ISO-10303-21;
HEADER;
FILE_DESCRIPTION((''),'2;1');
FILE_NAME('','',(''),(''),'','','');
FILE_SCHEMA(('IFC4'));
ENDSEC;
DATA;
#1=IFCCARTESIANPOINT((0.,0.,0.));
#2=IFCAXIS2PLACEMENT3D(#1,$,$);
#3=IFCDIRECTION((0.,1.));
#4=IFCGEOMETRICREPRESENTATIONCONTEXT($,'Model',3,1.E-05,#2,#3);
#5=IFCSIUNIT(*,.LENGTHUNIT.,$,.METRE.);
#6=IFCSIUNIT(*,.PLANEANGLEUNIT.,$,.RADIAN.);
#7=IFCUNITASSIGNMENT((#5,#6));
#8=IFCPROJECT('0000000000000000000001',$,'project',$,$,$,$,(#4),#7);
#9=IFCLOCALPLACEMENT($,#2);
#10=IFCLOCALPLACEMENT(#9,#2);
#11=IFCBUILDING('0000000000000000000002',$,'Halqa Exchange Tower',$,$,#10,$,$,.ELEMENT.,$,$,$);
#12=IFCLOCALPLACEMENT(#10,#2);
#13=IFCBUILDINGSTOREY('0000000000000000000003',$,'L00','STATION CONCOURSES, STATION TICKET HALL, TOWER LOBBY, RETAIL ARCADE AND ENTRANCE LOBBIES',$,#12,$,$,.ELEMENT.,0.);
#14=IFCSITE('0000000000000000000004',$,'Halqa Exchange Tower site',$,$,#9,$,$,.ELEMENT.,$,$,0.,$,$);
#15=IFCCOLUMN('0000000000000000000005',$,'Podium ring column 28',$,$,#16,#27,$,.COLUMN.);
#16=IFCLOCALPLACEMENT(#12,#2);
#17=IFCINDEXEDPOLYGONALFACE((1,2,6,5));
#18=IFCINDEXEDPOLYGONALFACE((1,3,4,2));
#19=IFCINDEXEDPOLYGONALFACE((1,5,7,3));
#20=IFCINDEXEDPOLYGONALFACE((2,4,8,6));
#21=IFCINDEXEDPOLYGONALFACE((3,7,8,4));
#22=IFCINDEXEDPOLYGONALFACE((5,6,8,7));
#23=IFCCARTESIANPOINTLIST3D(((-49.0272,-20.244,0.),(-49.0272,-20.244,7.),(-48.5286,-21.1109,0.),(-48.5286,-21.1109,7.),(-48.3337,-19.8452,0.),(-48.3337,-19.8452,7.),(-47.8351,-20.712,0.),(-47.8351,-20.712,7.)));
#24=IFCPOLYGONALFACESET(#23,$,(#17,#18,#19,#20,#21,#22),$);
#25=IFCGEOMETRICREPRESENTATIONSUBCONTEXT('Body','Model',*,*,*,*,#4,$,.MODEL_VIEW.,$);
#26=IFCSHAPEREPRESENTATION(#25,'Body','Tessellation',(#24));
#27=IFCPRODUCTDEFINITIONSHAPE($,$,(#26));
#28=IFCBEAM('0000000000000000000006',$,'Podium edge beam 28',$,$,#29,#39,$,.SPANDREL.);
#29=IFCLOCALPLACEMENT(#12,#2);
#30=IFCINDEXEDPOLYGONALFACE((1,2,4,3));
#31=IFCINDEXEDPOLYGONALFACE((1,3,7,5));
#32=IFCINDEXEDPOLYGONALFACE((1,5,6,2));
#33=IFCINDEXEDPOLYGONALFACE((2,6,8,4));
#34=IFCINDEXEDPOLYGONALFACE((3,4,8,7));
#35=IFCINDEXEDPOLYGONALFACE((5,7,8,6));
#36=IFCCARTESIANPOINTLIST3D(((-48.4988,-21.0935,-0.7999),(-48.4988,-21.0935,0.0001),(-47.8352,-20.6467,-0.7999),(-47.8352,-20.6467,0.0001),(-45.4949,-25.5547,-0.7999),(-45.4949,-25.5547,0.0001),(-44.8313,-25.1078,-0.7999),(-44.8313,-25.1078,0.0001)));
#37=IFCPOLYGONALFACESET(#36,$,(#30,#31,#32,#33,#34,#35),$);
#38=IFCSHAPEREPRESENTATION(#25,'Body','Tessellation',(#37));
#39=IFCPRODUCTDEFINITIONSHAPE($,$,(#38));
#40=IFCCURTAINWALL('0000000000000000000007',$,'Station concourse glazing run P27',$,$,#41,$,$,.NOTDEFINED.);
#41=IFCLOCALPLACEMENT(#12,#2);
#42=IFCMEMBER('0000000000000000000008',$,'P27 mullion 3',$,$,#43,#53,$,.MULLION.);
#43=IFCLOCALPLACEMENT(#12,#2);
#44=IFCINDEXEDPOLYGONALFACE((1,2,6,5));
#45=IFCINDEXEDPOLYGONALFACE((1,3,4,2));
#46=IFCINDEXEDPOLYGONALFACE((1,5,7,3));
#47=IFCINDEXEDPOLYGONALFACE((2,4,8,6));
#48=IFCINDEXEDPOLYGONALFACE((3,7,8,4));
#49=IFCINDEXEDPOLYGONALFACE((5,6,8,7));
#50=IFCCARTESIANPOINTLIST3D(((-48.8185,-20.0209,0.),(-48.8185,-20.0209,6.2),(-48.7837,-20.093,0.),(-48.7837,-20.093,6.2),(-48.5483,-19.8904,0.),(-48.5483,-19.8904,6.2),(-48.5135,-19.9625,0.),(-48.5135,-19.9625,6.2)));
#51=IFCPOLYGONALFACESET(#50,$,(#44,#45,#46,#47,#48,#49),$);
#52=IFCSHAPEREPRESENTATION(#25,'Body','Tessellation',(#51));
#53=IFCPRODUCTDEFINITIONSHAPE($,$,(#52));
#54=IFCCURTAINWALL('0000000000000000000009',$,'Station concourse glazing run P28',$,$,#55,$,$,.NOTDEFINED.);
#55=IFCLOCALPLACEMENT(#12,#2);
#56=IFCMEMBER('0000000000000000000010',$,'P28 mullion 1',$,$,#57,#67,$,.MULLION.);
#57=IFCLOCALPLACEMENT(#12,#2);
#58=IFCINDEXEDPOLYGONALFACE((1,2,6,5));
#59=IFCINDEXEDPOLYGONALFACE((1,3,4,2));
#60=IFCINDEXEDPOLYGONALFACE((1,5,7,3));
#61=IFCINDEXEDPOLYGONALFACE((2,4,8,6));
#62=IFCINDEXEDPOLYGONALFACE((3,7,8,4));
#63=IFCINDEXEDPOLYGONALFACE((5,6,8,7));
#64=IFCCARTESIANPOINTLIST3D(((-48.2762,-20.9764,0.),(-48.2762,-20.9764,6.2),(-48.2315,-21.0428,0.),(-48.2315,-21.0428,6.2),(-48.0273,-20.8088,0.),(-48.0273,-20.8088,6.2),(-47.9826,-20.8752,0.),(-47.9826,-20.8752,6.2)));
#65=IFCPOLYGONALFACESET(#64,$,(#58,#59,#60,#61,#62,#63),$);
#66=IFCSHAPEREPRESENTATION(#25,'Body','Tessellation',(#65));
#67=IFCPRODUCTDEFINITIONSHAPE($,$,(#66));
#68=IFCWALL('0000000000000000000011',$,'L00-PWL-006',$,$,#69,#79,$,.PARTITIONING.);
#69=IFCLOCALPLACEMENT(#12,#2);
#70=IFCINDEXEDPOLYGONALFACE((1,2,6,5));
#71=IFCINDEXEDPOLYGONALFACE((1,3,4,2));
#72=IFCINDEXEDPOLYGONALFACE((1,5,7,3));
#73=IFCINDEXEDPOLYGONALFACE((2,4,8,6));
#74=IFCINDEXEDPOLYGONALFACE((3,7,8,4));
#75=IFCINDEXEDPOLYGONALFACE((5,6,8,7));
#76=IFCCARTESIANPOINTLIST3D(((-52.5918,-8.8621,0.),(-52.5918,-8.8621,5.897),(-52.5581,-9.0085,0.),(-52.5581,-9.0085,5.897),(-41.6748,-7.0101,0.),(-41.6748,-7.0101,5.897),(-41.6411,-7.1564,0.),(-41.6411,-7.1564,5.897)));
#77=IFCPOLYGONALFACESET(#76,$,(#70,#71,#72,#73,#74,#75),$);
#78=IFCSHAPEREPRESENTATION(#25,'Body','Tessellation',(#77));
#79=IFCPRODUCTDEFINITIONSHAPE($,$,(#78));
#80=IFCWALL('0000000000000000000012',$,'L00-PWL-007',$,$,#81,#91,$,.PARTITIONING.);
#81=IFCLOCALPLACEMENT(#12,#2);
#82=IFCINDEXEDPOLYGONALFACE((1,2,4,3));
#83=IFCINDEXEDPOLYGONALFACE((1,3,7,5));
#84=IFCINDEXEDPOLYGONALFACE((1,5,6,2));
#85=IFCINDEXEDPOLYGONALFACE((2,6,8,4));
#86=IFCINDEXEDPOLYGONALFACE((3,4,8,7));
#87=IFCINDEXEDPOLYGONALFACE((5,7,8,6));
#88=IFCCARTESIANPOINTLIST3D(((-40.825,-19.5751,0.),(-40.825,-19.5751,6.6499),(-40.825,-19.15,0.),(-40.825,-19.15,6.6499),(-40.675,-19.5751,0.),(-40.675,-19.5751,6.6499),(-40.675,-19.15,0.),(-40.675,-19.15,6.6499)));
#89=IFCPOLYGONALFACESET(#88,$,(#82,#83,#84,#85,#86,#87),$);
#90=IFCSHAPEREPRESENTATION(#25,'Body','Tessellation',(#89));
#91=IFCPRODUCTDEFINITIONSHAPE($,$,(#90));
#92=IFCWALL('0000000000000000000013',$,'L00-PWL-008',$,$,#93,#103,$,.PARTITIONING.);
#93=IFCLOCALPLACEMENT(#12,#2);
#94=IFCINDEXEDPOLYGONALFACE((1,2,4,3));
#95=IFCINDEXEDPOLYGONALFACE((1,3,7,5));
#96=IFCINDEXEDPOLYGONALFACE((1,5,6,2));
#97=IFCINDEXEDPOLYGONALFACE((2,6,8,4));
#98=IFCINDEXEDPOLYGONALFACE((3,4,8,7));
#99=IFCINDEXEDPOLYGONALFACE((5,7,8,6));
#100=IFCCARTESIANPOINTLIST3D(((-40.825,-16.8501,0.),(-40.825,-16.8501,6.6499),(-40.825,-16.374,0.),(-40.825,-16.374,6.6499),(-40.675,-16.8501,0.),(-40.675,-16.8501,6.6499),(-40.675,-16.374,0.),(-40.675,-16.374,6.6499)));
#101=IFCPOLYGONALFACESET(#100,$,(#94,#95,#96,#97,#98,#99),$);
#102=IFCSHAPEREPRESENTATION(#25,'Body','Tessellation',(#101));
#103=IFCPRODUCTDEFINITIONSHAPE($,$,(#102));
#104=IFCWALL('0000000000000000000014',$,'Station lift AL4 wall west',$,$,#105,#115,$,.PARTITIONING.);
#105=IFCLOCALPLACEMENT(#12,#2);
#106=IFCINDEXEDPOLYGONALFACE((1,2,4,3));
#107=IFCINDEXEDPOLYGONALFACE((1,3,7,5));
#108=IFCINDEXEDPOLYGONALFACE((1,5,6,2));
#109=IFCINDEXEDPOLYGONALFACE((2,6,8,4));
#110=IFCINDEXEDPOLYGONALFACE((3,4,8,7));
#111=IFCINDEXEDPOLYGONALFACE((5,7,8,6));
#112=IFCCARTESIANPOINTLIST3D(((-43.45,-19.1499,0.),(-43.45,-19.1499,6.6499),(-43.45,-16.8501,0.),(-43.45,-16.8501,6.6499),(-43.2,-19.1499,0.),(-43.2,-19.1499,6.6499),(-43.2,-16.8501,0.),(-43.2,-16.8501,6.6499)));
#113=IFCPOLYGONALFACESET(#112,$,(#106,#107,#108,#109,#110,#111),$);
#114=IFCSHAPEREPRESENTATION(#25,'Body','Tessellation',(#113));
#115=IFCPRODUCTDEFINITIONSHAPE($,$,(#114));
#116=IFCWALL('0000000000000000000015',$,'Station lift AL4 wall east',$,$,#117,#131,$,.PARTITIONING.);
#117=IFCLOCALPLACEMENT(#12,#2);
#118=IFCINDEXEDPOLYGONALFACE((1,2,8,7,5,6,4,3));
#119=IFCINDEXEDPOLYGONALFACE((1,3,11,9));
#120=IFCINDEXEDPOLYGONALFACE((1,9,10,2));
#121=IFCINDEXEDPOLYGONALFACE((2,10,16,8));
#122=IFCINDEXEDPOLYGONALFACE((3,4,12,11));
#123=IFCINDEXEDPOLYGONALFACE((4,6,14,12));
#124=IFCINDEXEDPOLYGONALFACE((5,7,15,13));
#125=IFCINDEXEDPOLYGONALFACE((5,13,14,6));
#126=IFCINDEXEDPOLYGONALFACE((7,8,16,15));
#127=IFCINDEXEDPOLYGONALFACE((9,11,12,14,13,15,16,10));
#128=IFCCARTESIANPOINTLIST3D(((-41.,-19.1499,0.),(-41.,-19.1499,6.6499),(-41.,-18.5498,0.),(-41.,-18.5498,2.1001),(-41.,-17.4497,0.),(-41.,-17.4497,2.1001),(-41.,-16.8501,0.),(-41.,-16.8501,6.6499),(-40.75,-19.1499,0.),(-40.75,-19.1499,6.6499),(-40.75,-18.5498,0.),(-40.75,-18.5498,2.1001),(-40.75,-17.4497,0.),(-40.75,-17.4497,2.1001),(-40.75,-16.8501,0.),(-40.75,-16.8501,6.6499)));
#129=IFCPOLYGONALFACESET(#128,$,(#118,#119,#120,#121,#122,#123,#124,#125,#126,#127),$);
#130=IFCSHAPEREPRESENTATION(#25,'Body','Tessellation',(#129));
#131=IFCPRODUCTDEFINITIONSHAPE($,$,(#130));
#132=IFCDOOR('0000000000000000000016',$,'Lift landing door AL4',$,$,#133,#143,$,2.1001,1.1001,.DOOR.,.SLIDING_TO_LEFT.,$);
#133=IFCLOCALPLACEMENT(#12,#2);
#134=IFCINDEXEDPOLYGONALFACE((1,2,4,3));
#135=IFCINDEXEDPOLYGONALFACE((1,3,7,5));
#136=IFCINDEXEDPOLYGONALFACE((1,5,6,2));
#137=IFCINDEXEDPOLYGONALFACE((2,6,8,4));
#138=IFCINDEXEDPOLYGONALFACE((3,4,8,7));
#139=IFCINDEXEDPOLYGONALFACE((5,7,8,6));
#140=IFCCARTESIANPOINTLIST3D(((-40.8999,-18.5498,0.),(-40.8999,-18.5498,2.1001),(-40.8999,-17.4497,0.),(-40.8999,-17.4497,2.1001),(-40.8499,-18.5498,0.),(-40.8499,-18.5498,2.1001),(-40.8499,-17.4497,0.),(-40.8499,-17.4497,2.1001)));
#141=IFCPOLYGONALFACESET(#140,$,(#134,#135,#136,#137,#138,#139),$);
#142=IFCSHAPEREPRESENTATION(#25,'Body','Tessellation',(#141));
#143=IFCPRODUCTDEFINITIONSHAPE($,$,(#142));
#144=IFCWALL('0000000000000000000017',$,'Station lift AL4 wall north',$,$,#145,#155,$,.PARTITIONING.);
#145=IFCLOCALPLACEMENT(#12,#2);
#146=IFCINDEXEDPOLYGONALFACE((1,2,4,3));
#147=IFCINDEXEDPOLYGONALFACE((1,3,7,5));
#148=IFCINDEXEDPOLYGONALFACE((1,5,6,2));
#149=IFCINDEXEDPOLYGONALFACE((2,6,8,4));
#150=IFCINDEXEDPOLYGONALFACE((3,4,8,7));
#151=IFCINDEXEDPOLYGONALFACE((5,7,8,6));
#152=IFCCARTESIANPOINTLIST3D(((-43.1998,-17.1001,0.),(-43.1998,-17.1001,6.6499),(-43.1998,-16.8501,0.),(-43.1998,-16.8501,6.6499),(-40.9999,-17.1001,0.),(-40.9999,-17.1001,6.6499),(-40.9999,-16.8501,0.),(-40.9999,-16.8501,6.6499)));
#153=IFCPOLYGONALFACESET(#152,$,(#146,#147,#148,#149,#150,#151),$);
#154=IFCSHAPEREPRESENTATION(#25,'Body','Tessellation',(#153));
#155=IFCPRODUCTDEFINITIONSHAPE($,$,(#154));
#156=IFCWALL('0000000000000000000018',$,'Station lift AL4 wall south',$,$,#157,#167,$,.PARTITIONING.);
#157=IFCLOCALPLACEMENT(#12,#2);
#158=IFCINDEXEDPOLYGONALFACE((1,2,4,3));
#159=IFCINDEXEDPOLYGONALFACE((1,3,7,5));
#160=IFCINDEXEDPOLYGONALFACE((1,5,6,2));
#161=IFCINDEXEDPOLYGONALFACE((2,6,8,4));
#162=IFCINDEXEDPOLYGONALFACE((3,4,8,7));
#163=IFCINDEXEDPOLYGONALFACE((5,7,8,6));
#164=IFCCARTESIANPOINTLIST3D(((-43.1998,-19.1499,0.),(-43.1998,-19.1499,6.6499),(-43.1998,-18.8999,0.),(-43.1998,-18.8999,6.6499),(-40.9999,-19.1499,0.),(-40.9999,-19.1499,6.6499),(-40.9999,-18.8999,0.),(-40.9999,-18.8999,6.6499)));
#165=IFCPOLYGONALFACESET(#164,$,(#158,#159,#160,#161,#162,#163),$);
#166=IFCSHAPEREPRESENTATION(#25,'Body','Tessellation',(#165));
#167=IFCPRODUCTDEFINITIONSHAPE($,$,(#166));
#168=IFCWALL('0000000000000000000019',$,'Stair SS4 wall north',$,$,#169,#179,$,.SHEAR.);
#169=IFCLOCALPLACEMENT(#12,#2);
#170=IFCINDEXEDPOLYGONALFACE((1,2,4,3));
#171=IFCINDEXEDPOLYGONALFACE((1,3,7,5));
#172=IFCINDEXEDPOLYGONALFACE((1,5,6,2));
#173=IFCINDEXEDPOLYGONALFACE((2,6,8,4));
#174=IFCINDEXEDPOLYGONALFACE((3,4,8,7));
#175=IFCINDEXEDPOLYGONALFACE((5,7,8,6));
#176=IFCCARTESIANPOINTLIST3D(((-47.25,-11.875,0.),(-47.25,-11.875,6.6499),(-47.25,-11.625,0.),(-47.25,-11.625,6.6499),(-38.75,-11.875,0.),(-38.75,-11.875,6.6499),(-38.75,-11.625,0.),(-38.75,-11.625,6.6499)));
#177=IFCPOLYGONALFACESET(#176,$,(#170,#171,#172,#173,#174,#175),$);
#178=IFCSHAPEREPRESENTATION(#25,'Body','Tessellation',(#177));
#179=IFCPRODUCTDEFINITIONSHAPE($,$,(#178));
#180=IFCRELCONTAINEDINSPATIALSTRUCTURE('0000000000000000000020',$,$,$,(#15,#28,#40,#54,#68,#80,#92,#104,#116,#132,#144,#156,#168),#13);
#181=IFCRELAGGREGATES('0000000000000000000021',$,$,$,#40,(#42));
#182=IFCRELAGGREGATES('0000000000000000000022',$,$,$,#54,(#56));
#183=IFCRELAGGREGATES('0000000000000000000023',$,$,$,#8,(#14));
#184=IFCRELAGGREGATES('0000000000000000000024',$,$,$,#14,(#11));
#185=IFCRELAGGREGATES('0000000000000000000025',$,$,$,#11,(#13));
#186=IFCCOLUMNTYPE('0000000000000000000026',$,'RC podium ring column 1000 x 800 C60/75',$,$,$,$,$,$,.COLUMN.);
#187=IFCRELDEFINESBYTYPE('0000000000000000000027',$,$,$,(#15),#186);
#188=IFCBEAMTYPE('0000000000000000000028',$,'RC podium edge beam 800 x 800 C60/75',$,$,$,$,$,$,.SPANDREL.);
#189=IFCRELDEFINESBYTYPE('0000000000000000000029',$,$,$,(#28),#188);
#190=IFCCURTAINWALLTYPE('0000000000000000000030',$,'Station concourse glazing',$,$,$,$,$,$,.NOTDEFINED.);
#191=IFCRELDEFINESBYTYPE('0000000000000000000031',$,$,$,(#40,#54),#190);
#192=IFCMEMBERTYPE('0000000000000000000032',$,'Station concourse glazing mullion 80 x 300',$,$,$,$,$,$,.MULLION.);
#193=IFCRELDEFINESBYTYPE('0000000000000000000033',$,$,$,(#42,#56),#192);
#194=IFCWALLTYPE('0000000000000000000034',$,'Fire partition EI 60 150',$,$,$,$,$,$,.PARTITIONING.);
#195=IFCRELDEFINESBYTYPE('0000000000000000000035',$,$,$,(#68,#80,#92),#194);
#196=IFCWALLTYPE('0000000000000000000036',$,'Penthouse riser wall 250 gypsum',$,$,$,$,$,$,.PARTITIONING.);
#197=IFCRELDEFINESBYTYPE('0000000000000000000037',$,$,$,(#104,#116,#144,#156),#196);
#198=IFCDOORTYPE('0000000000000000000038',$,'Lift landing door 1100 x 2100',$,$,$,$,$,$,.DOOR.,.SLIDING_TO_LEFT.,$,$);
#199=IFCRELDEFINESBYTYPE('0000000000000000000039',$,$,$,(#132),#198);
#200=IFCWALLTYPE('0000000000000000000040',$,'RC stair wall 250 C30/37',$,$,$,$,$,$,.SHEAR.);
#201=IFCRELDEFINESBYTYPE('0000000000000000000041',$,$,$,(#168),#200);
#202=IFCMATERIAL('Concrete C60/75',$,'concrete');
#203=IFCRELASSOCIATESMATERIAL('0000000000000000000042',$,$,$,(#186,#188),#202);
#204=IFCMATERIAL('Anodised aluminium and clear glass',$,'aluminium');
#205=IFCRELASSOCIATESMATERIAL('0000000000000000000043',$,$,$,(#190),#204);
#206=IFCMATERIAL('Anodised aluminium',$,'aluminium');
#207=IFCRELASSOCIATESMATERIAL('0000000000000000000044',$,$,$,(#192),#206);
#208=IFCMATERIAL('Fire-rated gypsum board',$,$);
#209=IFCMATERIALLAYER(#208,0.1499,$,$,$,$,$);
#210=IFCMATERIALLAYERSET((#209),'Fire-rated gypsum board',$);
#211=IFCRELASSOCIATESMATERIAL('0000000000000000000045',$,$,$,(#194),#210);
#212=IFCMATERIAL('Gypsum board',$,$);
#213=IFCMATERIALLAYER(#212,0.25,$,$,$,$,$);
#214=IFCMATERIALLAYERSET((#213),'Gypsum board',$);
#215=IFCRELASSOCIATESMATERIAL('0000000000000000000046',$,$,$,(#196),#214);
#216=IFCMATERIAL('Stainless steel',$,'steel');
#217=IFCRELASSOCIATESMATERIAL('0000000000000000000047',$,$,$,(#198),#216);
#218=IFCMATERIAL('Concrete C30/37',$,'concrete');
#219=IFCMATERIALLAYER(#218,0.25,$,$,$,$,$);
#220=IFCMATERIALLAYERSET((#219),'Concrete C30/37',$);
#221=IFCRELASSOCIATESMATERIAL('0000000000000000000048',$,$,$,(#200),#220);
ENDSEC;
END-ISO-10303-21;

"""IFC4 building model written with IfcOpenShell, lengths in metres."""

from ifc_helpers import new_model, si_unit, direction, frame, frame_2d, origin, origin_2d, place, context, subcontext, project, spatial, polyline, rectangle, outline, extrude, material, layer, layer_set, material_profile, profile_set, type_object, element, fill, aggregate, save


model = new_model("IFC4")

# Units and contexts
model_context = context("Model", 3, precision=1e-05, world=origin(), true_north=direction((0.0, 1.0)))
body_context = subcontext(model_context, "Body", "Model", "MODEL_VIEW")
ifc_project = project(units=[si_unit("LENGTHUNIT", "METRE"), si_unit("PLANEANGLEUNIT", "RADIAN")], contexts=[model_context])

# Site, building, storey
site_placement = place(None, origin())
site = spatial("IfcSite", under=ifc_project, at=site_placement, Name="Halqa Exchange Tower site", CompositionType="ELEMENT", RefElevation=0.0)
building_placement = place(site_placement, origin())
building = spatial("IfcBuilding", under=site, at=building_placement, Name="Halqa Exchange Tower", CompositionType="ELEMENT")
storey_placement = place(building_placement, origin())
storey = spatial("IfcBuildingStorey", under=building, at=storey_placement, Name="L00", Description="STATION CONCOURSES, STATION TICKET HALL, TOWER LOBBY, RETAIL ARCADE AND ENTRANCE LOBBIES", CompositionType="ELEMENT", Elevation=0.0)

# Column
ifc_material_1 = material(Name="Concrete C60/75", Category="concrete")
ifc_material_profile_1 = material_profile(ifc_material_1, rectangle(XDim=1.0, YDim=0.8, at=origin_2d()), Name="1000 x 800")
ifc_profile_set_1 = profile_set([ifc_material_profile_1], Name="Concrete C60/75")
column_type = type_object("IfcColumnType", Name="RC podium ring column 1000 x 800 C60/75", PredefinedType="COLUMN", material=ifc_profile_set_1)
column_placement = place(storey_placement, frame((-48.4312, -20.478, 0.0), z_axis=(0.0, 0.0, 1.0), x_axis=(0.498569, -0.86685, 0.0)))
element("IfcColumn", 1, at=column_placement, inside=storey, type_object=column_type, Name="Podium ring column 28", PredefinedType="COLUMN", context=body_context, shape_type="SweptSolid", body=[
    extrude(rectangle(XDim=1.0, YDim=0.8, at=origin_2d()), origin(), (0.0, 0.0, 1.0), 7.0),
])

# Beam
ifc_material_profile_2 = material_profile(ifc_material_1, rectangle(XDim=0.8, YDim=0.8, at=origin_2d()), Name="800 x 800")
ifc_profile_set_2 = profile_set([ifc_material_profile_2], Name="Concrete C60/75")
beam_type = type_object("IfcBeamType", Name="RC podium edge beam 800 x 800 C60/75", PredefinedType="SPANDREL", material=ifc_profile_set_2)
beam_placement = place(storey_placement, frame((-48.167, -20.8701, -0.3999), z_axis=(0.558528, -0.829485, 0.0), x_axis=(0.829485, 0.558528, 0.0)))
element("IfcBeam", 2, at=beam_placement, inside=storey, type_object=beam_type, Name="Podium edge beam 28", PredefinedType="SPANDREL", context=body_context, shape_type="SweptSolid", body=[
    extrude(rectangle(XDim=0.8, YDim=0.8, at=origin_2d()), origin(), (0.0, 0.0, 1.0), 5.3782),
])

# Curtain walls, members
ifc_material_2 = material(Name="Anodised aluminium and clear glass", Category="aluminium")
curtain_wall_type = type_object("IfcCurtainWallType", Name="Station concourse glazing", PredefinedType="NOTDEFINED", material=ifc_material_2)
curtain_wall_1_placement = place(storey_placement, origin())
curtain_wall_1 = element("IfcCurtainWall", 3, at=curtain_wall_1_placement, inside=storey, type_object=curtain_wall_type, Name="Station concourse glazing run P27", PredefinedType="NOTDEFINED")
ifc_material_3 = material(Name="Anodised aluminium", Category="aluminium")
ifc_material_profile_3 = material_profile(ifc_material_3, rectangle(XDim=0.3, YDim=0.0801, at=origin_2d()), Name="AL 80x300")
ifc_profile_set_3 = profile_set([ifc_material_profile_3], Name="Anodised aluminium")
member_type = type_object("IfcMemberType", Name="Station concourse glazing mullion 80 x 300", PredefinedType="MULLION", material=ifc_profile_set_3)
member_1_placement = place(storey_placement, frame((-48.666, -19.9917, 0.0), z_axis=(0.0, 0.0, 1.0), x_axis=(0.900435, 0.43499, 0.0)))
member_1 = element("IfcMember", 4, at=member_1_placement, type_object=member_type, Name="P27 mullion 3", PredefinedType="MULLION", context=body_context, shape_type="SweptSolid", body=[
    extrude(rectangle(XDim=0.3, YDim=0.0801, at=origin_2d()), origin(), (0.0, 0.0, 1.0), 6.2),
])
aggregate(curtain_wall_1, [member_1])
curtain_wall_2_placement = place(storey_placement, origin())
curtain_wall_2 = element("IfcCurtainWall", 5, at=curtain_wall_2_placement, inside=storey, type_object=curtain_wall_type, Name="Station concourse glazing run P28", PredefinedType="NOTDEFINED")
member_2_placement = place(storey_placement, frame((-48.1294, -20.9258, 0.0), z_axis=(0.0, 0.0, 1.0), x_axis=(0.82949, 0.558522, 0.0)))
member_2 = element("IfcMember", 6, at=member_2_placement, type_object=member_type, Name="P28 mullion 1", PredefinedType="MULLION", context=body_context, shape_type="SweptSolid", body=[
    extrude(rectangle(XDim=0.3, YDim=0.0801, at=origin_2d()), origin(), (0.0, 0.0, 1.0), 6.2),
])
aggregate(curtain_wall_2, [member_2])

# Walls
ifc_material_4 = material(Name="Fire-rated gypsum board")
ifc_layer_1 = layer(ifc_material_4, 0.1499)
ifc_layer_set_1 = layer_set([ifc_layer_1], Name="Fire-rated gypsum board")
wall_type_1 = type_object("IfcWallType", Name="Fire partition EI 60 150", PredefinedType="PARTITIONING", material=ifc_layer_set_1)
wall_1_placement = place(storey_placement, frame((-41.658, -7.0833, 0.0), z_axis=(0.0, 0.0, 1.0), x_axis=(-0.985913, -0.167259, 0.0)))
element("IfcWall", 7, at=wall_1_placement, inside=storey, type_object=wall_type_1, Name="L00-PWL-006", PredefinedType="PARTITIONING", context=body_context, shape_type="SweptSolid", body=[
    extrude(outline(polyline([(0.0044, -0.075), (11.0774, -0.075), (11.0686, 0.075), (-0.0044, 0.075), (0.0044, -0.075)])), origin(), (0.0, 0.0, 1.0), 5.897),
])
wall_2_placement = place(storey_placement, frame((-40.75, -19.575, 0.0), z_axis=(0.0, 0.0, 1.0), x_axis=(0.0, 1.0, 0.0)))
element("IfcWall", 8, at=wall_2_placement, inside=storey, type_object=wall_type_1, Name="L00-PWL-007", PredefinedType="PARTITIONING", context=body_context, shape_type="SweptSolid", body=[
    extrude(rectangle(XDim=0.425, YDim=0.1499, at=frame_2d((0.2124, 0.0))), origin(), (0.0, 0.0, 1.0), 6.6499),
])
wall_3_placement = place(storey_placement, frame((-40.75, -16.8501, 0.0), z_axis=(0.0, 0.0, 1.0), x_axis=(0.0, 1.0, 0.0)))
element("IfcWall", 9, at=wall_3_placement, inside=storey, type_object=wall_type_1, Name="L00-PWL-008", PredefinedType="PARTITIONING", context=body_context, shape_type="SweptSolid", body=[
    extrude(rectangle(XDim=0.4761, YDim=0.1499, at=frame_2d((0.238, 0.0))), origin(), (0.0, 0.0, 1.0), 6.6499),
])
ifc_material_5 = material(Name="Gypsum board")
ifc_layer_2 = layer(ifc_material_5, 0.25)
ifc_layer_set_2 = layer_set([ifc_layer_2], Name="Gypsum board")
wall_type_2 = type_object("IfcWallType", Name="Penthouse riser wall 250 gypsum", PredefinedType="PARTITIONING", material=ifc_layer_set_2)
wall_4_placement = place(storey_placement, frame((-43.325, -19.1499, 0.0), z_axis=(0.0, 0.0, 1.0), x_axis=(0.0, 1.0, 0.0)))
element("IfcWall", 10, at=wall_4_placement, inside=storey, type_object=wall_type_2, Name="Station lift AL4 wall west", PredefinedType="PARTITIONING", context=body_context, shape_type="SweptSolid", body=[
    extrude(rectangle(XDim=2.2998, YDim=0.25, at=frame_2d((1.1499, 0.0))), origin(), (0.0, 0.0, 1.0), 6.6499),
])

# Wall, opening, door
wall_5_placement = place(storey_placement, frame((-40.875, -19.1499, 0.0), z_axis=(0.0, 0.0, 1.0), x_axis=(0.0, 1.0, 0.0)))
wall_5 = element("IfcWall", 11, at=wall_5_placement, inside=storey, type_object=wall_type_2, Name="Station lift AL4 wall east", PredefinedType="PARTITIONING", context=body_context, shape_type="SweptSolid", body=[
    extrude(rectangle(XDim=2.2998, YDim=0.25, at=frame_2d((1.1499, 0.0))), origin(), (0.0, 0.0, 1.0), 6.6499),
])
opening_placement = place(wall_5_placement, frame((0.6001, 0.0, 0.0)))
opening = element("IfcOpeningElement", 12, at=opening_placement, cuts=wall_5, PredefinedType="OPENING", context=body_context, shape_type="SweptSolid", body=[
    extrude(rectangle(XDim=1.1001, YDim=2.1001, at=frame_2d((0.55, 1.05))), frame((0.0, 0.137, 0.0), z_axis=(0.0, -1.0, 0.0), x_axis=(1.0, 0.0, 0.0)), (0.0, 0.0, 1.0), 0.2739),
])
ifc_material_6 = material(Name="Stainless steel", Category="steel")
door_type = type_object("IfcDoorType", Name="Lift landing door 1100 x 2100", OperationType="SLIDING_TO_LEFT", PredefinedType="DOOR", material=ifc_material_6)
door_placement = place(opening_placement, origin())
door = element("IfcDoor", 13, at=door_placement, inside=storey, type_object=door_type, Name="Lift landing door AL4", OperationType="SLIDING_TO_LEFT", OverallHeight=2.1001, OverallWidth=1.1001, PredefinedType="DOOR", context=body_context, shape_type="SweptSolid", body=[
    extrude(rectangle(XDim=1.1001, YDim=2.1001, at=frame_2d((0.55, 1.05))), frame((0.0, 0.0249, 0.0), z_axis=(0.0, -1.0, 0.0), x_axis=(1.0, 0.0, 0.0)), (0.0, 0.0, 1.0), 0.05),
])
fill(opening, door)

# Walls
for number, where, z_axis, x_axis, name in (
    (14, (-43.2, -16.9751, 0.0), (0.0, 0.0, 1.0), (1.0, 0.0, 0.0), "Station lift AL4 wall north"),
    (15, (-43.2, -19.0249, 0.0), (0.0, 0.0, 1.0), (1.0, 0.0, 0.0), "Station lift AL4 wall south"),
):
    element("IfcWall", number, at=place(storey_placement, frame(where, z_axis=z_axis, x_axis=x_axis)), inside=storey, type_object=wall_type_2, Name=name, PredefinedType="PARTITIONING", context=body_context, shape_type="SweptSolid", body=[
        extrude(rectangle(XDim=2.2, YDim=0.25, at=frame_2d((1.1001, 0.0))), origin(), (0.0, 0.0, 1.0), 6.6499),
    ])
ifc_material_7 = material(Name="Concrete C30/37", Category="concrete")
ifc_layer_3 = layer(ifc_material_7, 0.25)
ifc_layer_set_3 = layer_set([ifc_layer_3], Name="Concrete C30/37")
wall_type_3 = type_object("IfcWallType", Name="RC stair wall 250 C30/37", PredefinedType="SHEAR", material=ifc_layer_set_3)
for number, where, z_axis, x_axis, name in (
    (16, (-47.25, -11.75, 0.0), (0.0, 0.0, 1.0), (1.0, 0.0, 0.0), "Stair SS4 wall north"),
):
    element("IfcWall", number, at=place(storey_placement, frame(where, z_axis=z_axis, x_axis=x_axis)), inside=storey, type_object=wall_type_3, Name=name, PredefinedType="SHEAR", context=body_context, shape_type="SweptSolid", body=[
        extrude(rectangle(XDim=8.5, YDim=0.25, at=frame_2d((4.25, 0.0))), origin(), (0.0, 0.0, 1.0), 6.6499),
    ])

save(model, "model.ifc")
